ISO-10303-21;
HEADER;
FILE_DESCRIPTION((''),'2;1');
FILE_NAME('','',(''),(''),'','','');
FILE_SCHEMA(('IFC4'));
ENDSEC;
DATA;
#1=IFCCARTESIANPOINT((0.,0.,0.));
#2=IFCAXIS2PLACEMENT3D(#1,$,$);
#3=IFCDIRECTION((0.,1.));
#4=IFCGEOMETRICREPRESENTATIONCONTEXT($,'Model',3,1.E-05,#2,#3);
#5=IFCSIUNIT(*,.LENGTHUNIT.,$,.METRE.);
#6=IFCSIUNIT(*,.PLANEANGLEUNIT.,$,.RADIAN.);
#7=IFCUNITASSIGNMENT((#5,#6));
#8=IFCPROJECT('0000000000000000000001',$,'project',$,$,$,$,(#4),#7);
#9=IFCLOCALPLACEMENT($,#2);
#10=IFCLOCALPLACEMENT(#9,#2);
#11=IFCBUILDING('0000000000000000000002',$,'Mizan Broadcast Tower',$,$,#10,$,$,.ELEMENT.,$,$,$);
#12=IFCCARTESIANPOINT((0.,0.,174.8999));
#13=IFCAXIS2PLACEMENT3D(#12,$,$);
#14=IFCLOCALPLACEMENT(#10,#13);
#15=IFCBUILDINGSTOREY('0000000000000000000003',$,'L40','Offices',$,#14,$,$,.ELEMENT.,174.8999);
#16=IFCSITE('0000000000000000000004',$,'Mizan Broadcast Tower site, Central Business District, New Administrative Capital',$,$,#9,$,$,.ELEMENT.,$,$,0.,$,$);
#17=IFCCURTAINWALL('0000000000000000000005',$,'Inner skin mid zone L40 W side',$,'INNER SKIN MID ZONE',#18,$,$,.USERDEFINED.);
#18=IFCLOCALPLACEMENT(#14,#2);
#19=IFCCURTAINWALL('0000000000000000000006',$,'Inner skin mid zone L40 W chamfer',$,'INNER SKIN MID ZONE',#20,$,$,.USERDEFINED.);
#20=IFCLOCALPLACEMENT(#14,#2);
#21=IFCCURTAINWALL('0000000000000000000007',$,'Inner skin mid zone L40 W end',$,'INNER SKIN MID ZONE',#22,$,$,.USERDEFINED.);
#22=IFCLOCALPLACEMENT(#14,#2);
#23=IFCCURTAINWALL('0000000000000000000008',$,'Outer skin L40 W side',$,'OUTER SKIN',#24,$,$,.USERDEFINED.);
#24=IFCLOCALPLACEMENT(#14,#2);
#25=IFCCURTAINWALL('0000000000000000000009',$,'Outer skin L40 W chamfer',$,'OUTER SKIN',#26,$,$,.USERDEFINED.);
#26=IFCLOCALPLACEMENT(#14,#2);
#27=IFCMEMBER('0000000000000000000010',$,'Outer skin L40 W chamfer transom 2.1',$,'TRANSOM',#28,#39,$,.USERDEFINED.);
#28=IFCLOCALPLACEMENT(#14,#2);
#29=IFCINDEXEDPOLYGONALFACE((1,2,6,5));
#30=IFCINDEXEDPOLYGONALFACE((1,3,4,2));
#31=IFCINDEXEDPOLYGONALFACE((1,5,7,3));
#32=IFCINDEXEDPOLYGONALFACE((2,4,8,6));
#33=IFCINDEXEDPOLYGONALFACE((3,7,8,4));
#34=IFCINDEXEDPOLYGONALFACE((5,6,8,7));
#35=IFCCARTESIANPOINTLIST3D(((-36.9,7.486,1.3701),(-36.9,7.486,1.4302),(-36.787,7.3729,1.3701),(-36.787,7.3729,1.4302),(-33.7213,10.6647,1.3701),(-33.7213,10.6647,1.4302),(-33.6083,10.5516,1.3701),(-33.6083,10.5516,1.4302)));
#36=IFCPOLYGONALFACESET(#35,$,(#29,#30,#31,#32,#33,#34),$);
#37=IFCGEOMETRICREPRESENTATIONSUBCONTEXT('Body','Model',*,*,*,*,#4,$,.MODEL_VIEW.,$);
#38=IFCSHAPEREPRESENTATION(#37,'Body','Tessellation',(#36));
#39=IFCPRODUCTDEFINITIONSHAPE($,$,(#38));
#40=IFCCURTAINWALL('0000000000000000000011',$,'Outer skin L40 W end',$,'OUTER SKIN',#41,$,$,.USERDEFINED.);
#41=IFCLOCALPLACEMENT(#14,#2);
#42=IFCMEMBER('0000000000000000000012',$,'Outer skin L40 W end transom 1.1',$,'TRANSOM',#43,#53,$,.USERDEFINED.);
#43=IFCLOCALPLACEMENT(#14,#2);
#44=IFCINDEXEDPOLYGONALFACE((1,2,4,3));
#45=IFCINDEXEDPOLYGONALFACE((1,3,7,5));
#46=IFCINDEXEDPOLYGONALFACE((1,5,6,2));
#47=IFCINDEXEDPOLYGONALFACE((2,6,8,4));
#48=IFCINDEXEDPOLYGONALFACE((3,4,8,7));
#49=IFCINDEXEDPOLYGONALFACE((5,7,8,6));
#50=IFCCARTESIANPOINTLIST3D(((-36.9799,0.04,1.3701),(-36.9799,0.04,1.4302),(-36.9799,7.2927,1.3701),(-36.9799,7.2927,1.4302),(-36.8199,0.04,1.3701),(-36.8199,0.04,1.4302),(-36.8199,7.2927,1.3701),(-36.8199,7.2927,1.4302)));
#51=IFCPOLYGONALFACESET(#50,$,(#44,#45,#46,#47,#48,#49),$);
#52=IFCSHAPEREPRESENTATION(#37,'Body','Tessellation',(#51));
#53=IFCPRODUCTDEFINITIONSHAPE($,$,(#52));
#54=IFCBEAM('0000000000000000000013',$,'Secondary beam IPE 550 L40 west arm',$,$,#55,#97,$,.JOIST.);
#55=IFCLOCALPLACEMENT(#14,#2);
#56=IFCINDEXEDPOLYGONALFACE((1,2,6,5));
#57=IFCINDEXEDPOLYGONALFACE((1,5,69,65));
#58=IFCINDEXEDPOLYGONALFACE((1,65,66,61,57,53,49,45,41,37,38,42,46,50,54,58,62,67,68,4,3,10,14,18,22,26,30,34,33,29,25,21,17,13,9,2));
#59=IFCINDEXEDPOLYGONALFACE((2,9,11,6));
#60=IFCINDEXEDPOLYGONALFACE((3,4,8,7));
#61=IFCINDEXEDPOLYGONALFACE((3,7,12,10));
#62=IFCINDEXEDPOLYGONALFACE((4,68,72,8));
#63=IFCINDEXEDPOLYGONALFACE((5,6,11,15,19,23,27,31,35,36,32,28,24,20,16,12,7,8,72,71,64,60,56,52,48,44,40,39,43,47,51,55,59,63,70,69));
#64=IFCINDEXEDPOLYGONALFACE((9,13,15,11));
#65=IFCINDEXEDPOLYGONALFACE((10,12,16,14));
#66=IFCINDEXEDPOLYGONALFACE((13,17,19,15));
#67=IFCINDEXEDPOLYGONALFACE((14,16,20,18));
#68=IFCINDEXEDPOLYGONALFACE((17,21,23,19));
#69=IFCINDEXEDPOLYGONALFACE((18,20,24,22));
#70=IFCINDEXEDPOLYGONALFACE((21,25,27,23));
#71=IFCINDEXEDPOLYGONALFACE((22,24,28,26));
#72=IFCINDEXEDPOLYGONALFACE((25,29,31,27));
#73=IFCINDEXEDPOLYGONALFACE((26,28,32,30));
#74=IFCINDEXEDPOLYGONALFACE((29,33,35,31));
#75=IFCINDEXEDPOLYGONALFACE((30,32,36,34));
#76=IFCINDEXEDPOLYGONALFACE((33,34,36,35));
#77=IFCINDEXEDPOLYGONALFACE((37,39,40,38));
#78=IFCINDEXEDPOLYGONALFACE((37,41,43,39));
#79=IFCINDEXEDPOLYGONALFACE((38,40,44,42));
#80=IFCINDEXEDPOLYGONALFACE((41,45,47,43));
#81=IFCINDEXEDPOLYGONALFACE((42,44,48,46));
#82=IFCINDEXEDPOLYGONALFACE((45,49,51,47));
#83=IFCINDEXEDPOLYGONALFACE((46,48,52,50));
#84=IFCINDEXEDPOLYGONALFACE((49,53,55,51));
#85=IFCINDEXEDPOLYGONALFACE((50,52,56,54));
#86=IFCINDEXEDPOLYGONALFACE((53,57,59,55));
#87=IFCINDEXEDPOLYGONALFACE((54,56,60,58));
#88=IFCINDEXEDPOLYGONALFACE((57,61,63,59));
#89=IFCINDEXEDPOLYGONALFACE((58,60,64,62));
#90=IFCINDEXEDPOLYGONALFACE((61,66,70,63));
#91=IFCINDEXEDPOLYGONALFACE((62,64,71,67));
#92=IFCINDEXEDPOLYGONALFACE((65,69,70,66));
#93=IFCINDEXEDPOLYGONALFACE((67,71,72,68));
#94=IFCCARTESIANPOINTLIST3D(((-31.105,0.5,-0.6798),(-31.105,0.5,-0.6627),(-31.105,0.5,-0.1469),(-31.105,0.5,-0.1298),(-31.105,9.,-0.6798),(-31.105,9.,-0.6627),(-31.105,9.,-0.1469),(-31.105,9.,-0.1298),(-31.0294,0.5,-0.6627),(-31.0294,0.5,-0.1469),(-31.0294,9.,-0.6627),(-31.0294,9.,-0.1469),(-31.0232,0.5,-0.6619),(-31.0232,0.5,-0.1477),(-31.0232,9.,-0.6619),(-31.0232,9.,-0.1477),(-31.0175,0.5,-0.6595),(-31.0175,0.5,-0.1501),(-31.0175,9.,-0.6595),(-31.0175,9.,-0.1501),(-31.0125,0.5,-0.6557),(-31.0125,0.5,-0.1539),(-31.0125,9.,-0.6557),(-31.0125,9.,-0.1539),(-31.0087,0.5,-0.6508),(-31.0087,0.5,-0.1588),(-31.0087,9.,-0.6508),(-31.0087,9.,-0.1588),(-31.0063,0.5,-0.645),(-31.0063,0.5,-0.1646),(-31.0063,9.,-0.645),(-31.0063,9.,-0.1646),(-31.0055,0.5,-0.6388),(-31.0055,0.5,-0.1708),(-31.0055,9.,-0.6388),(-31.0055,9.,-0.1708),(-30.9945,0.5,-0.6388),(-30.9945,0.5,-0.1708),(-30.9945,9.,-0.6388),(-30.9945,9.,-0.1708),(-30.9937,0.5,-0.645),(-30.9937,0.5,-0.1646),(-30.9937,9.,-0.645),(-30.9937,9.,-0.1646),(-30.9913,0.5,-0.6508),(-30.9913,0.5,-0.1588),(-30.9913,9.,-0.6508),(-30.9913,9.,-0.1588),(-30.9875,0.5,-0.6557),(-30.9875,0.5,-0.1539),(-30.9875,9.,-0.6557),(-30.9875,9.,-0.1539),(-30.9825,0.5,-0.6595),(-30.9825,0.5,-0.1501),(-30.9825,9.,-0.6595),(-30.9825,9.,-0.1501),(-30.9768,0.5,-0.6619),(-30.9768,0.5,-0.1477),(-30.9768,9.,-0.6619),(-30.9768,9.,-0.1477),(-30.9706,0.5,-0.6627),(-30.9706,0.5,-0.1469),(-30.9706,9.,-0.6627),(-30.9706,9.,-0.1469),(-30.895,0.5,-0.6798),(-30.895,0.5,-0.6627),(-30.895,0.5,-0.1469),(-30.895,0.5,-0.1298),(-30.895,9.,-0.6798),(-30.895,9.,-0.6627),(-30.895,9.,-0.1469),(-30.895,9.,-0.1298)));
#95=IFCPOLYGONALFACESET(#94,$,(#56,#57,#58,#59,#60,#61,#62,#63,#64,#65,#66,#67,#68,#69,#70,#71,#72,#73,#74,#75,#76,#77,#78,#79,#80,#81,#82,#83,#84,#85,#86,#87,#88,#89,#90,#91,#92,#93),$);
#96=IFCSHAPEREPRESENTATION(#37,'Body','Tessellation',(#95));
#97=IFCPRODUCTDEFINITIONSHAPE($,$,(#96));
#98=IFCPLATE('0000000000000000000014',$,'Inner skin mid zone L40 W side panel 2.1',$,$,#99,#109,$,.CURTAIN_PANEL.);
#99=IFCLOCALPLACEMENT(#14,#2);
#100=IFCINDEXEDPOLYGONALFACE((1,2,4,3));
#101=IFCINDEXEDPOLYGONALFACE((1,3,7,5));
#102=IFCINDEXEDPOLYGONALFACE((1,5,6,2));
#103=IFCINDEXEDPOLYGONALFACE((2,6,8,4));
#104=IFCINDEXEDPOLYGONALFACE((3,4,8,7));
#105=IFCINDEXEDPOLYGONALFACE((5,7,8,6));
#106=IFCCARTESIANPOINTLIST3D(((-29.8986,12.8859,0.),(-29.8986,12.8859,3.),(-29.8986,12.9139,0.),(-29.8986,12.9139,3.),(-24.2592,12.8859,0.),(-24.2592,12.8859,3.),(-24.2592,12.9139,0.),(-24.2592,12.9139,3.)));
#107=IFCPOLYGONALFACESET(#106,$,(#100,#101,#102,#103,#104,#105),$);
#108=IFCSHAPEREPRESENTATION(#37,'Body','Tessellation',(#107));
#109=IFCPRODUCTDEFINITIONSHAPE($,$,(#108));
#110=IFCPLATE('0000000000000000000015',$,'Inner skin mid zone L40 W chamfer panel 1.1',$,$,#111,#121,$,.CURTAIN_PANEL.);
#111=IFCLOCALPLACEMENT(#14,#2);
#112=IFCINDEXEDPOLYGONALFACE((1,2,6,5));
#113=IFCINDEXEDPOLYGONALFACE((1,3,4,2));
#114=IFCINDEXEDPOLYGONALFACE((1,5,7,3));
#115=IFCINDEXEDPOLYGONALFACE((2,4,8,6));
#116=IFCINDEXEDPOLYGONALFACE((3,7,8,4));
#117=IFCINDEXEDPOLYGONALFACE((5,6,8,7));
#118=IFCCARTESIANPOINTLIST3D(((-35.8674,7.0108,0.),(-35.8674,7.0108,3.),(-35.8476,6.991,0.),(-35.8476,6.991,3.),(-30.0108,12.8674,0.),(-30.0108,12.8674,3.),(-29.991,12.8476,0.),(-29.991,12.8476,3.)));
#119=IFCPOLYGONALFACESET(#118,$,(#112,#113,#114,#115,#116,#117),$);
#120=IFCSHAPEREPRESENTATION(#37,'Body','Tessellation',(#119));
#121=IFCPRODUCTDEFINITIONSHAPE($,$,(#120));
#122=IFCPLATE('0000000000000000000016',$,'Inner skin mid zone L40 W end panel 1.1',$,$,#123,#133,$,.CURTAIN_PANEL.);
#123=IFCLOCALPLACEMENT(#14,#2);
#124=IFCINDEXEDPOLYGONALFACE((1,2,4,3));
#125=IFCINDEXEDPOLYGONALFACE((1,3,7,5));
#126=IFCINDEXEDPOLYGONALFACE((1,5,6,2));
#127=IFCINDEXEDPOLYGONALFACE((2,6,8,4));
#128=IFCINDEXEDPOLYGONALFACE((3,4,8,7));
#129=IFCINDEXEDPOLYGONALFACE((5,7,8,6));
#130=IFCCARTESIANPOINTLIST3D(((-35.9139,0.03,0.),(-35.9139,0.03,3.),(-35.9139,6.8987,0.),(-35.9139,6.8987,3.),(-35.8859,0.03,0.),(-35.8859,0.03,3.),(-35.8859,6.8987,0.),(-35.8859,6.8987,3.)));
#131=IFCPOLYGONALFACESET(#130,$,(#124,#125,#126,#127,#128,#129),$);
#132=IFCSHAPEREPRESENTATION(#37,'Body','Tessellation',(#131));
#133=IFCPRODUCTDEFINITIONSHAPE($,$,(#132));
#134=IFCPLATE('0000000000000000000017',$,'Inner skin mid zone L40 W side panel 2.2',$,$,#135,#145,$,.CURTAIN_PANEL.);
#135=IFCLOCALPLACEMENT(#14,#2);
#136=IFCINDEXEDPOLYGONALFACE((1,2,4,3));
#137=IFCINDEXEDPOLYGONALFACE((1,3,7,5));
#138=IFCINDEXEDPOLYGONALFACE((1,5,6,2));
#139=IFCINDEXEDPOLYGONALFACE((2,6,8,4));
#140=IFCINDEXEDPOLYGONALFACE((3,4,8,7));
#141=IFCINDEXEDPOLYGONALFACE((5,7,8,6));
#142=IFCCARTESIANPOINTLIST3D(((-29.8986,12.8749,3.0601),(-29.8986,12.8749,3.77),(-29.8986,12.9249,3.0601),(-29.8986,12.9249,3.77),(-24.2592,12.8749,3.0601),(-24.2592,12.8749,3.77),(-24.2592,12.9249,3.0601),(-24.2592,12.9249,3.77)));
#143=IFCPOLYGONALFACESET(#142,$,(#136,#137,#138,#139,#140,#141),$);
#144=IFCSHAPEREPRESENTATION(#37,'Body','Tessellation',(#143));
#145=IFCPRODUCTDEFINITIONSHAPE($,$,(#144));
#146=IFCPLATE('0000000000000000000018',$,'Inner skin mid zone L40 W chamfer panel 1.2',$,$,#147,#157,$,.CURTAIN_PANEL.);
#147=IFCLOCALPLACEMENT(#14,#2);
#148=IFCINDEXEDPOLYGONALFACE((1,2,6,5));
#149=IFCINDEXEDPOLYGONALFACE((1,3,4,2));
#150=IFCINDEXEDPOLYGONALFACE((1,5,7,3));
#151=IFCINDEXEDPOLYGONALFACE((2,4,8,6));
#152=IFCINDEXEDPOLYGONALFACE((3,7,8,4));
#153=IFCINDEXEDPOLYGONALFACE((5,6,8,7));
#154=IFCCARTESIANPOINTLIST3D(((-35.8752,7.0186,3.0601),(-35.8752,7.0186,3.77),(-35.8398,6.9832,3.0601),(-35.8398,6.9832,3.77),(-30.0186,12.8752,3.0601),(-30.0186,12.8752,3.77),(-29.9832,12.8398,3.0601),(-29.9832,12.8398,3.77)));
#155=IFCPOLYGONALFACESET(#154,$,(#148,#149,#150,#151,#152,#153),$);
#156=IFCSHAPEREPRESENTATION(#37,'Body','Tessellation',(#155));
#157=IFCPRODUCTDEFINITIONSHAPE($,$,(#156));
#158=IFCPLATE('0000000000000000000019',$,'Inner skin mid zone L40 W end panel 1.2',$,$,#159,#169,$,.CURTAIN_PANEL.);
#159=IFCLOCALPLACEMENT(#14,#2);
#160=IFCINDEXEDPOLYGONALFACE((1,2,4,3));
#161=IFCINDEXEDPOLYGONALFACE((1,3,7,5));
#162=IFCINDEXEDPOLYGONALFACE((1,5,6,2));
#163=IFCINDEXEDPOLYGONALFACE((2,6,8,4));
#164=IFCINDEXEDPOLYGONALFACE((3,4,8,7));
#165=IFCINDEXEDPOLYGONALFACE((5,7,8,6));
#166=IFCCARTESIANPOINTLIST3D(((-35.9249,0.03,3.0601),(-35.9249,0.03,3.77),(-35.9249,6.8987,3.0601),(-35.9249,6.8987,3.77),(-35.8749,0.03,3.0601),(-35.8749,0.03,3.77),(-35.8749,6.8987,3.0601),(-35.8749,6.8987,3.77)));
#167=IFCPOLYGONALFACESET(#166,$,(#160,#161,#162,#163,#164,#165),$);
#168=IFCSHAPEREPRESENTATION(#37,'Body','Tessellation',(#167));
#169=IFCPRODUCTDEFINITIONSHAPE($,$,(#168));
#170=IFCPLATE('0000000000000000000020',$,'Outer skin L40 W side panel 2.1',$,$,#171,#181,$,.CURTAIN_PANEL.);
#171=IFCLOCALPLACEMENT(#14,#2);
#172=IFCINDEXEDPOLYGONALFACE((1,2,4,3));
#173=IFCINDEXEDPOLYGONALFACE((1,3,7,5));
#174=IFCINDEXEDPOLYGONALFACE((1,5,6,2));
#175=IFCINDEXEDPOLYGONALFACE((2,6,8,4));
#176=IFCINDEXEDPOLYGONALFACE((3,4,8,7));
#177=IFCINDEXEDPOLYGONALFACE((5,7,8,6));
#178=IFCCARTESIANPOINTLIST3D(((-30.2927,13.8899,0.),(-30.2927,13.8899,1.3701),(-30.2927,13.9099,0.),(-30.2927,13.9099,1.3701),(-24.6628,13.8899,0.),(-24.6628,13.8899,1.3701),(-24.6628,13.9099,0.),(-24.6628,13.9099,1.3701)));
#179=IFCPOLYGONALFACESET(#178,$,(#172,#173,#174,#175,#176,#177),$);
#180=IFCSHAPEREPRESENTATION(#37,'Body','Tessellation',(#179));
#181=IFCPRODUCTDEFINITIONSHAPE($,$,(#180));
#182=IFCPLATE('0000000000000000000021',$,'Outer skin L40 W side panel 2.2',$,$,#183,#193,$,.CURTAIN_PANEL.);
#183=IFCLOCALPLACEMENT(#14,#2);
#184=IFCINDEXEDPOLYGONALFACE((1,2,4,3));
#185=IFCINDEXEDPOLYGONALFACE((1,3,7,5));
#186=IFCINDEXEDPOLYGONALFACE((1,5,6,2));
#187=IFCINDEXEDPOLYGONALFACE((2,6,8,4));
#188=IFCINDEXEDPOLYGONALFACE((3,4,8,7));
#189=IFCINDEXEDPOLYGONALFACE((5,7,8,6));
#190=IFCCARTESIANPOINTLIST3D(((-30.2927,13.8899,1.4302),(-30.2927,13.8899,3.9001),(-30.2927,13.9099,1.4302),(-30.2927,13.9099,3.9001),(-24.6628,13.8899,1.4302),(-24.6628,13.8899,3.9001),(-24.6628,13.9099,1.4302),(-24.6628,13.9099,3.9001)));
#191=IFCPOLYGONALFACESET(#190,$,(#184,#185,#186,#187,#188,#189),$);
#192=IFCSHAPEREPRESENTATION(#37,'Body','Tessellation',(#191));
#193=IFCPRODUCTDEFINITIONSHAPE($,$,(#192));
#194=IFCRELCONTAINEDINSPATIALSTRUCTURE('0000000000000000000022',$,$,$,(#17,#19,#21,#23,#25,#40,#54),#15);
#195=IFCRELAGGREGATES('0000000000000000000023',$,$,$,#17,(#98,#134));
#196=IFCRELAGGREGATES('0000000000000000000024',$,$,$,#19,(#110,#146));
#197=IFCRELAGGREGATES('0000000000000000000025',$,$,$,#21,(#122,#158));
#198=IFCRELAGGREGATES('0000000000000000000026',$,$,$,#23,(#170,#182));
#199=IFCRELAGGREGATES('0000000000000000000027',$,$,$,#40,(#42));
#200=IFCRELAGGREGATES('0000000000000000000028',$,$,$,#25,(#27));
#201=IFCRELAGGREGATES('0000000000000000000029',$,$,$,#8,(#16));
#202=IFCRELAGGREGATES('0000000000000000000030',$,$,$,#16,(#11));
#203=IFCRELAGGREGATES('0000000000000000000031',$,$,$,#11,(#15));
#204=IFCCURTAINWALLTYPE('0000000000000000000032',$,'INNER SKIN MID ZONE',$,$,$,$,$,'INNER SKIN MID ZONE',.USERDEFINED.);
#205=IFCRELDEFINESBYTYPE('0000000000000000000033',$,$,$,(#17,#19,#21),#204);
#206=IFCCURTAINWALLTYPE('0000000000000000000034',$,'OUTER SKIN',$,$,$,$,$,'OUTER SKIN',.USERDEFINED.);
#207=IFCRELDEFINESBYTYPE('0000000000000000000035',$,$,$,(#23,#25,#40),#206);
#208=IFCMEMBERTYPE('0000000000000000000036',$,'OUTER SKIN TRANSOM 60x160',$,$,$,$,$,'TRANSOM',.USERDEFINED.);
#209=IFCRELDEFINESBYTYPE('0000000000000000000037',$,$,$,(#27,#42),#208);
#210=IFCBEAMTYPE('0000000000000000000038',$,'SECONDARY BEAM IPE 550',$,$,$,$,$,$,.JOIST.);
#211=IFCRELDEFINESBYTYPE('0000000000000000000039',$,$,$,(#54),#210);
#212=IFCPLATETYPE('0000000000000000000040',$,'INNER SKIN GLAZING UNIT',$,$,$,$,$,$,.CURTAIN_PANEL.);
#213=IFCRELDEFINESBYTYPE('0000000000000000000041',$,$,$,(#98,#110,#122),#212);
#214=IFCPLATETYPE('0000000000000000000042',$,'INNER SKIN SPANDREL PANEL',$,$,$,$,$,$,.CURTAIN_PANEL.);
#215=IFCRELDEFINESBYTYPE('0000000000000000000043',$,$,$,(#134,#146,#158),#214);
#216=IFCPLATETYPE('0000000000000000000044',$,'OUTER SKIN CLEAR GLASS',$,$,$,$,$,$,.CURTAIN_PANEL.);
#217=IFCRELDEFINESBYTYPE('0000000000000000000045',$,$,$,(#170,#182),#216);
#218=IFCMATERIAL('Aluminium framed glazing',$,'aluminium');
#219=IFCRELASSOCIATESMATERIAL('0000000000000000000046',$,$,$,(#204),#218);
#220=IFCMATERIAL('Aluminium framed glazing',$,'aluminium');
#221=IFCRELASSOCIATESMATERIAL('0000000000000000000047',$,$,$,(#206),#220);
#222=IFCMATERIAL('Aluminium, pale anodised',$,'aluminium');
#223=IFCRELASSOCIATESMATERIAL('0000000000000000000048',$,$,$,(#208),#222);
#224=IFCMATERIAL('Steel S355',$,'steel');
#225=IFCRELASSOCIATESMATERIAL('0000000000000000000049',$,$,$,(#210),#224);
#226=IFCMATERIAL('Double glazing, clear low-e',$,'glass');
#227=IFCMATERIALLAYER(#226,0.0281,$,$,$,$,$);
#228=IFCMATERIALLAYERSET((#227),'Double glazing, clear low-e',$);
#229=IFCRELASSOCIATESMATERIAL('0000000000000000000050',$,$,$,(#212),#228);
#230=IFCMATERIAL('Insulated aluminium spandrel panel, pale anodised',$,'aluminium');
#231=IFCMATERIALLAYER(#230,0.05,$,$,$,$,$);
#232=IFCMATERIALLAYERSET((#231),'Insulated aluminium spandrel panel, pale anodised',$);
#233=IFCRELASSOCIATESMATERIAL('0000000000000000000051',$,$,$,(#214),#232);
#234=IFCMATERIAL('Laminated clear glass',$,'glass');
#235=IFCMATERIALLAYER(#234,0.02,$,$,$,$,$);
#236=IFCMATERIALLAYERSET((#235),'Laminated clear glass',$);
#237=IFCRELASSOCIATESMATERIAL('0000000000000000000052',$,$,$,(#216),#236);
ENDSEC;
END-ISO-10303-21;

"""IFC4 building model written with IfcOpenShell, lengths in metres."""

from ifc_helpers import new_model, si_unit, direction, frame, origin, origin_2d, place, context, subcontext, project, spatial, rectangle, i_section, extrude, material, layer, layer_set, material_profile, profile_set, type_object, element, aggregate, save


model = new_model("IFC4")

# Units and contexts
model_context = context("Model", 3, precision=1e-05, world=origin(), true_north=direction((0.0, 1.0)))
body_context = subcontext(model_context, "Body", "Model", "MODEL_VIEW")
ifc_project = project(units=[si_unit("LENGTHUNIT", "METRE"), si_unit("PLANEANGLEUNIT", "RADIAN")], contexts=[model_context])

# Site, building, storey
site_placement = place(None, origin())
site = spatial("IfcSite", under=ifc_project, at=site_placement, Name="Mizan Broadcast Tower site, Central Business District, New Administrative Capital", CompositionType="ELEMENT", RefElevation=0.0)
building_placement = place(site_placement, origin())
building = spatial("IfcBuilding", under=site, at=building_placement, Name="Mizan Broadcast Tower", CompositionType="ELEMENT")
storey_placement = place(building_placement, frame((0.0, 0.0, 174.8999)))
storey = spatial("IfcBuildingStorey", under=building, at=storey_placement, Name="L40", Description="Offices", CompositionType="ELEMENT", Elevation=174.8999)

# Curtain wall
ifc_material_1 = material(Name="Aluminium framed glazing", Category="aluminium")
curtain_wall_type_1 = type_object("IfcCurtainWallType", Name="INNER SKIN MID ZONE", ElementType="INNER SKIN MID ZONE", PredefinedType="USERDEFINED", material=ifc_material_1)
curtain_wall_1_placement = place(storey_placement, origin())
curtain_wall_1 = element("IfcCurtainWall", 1, at=curtain_wall_1_placement, inside=storey, type_object=curtain_wall_type_1, Name="Inner skin mid zone L40 W side", ObjectType="INNER SKIN MID ZONE", PredefinedType="USERDEFINED")

# Curtain wall
curtain_wall_2_placement = place(storey_placement, origin())
curtain_wall_2 = element("IfcCurtainWall", 2, at=curtain_wall_2_placement, inside=storey, type_object=curtain_wall_type_1, Name="Inner skin mid zone L40 W chamfer", ObjectType="INNER SKIN MID ZONE", PredefinedType="USERDEFINED")

# Curtain walls
curtain_wall_3_placement = place(storey_placement, origin())
curtain_wall_3 = element("IfcCurtainWall", 3, at=curtain_wall_3_placement, inside=storey, type_object=curtain_wall_type_1, Name="Inner skin mid zone L40 W end", ObjectType="INNER SKIN MID ZONE", PredefinedType="USERDEFINED")
ifc_material_2 = material(Name="Aluminium framed glazing", Category="aluminium")
curtain_wall_type_2 = type_object("IfcCurtainWallType", Name="OUTER SKIN", ElementType="OUTER SKIN", PredefinedType="USERDEFINED", material=ifc_material_2)
curtain_wall_4_placement = place(storey_placement, origin())
curtain_wall_4 = element("IfcCurtainWall", 4, at=curtain_wall_4_placement, inside=storey, type_object=curtain_wall_type_2, Name="Outer skin L40 W side", ObjectType="OUTER SKIN", PredefinedType="USERDEFINED")

# Curtain wall, member
curtain_wall_5_placement = place(storey_placement, origin())
curtain_wall_5 = element("IfcCurtainWall", 5, at=curtain_wall_5_placement, inside=storey, type_object=curtain_wall_type_2, Name="Outer skin L40 W chamfer", ObjectType="OUTER SKIN", PredefinedType="USERDEFINED")
ifc_material_3 = material(Name="Aluminium, pale anodised", Category="aluminium")
ifc_material_profile_1 = material_profile(ifc_material_3, rectangle(XDim=0.1599, YDim=0.0601, at=origin_2d()), Name="TRANSOM 160x60")
ifc_profile_set_1 = profile_set([ifc_material_profile_1], Name="Aluminium, pale anodised")
member_type_1 = type_object("IfcMemberType", Name="OUTER SKIN TRANSOM 60x160", ElementType="TRANSOM", PredefinedType="USERDEFINED", material=ifc_profile_set_1)
member_1_placement = place(storey_placement, frame((-33.6648, 10.6082, 1.4001), z_axis=(-0.707107, -0.707107, 0.0), x_axis=(0.707107, -0.707107, 0.0)))
member_1 = element("IfcMember", 6, at=member_1_placement, type_object=member_type_1, Name="Outer skin L40 W chamfer transom 2.1", ObjectType="TRANSOM", PredefinedType="USERDEFINED", context=body_context, shape_type="SweptSolid", body=[
    extrude(rectangle(XDim=0.1599, YDim=0.0601, at=origin_2d()), origin(), (0.0, 0.0, 1.0), 4.4954),
])

# Curtain wall, member
curtain_wall_6_placement = place(storey_placement, origin())
curtain_wall_6 = element("IfcCurtainWall", 7, at=curtain_wall_6_placement, inside=storey, type_object=curtain_wall_type_2, Name="Outer skin L40 W end", ObjectType="OUTER SKIN", PredefinedType="USERDEFINED")
member_2_placement = place(storey_placement, frame((-36.8999, 7.2927, 1.4001), z_axis=(0.0, -1.0, 0.0), x_axis=(1.0, 0.0, 0.0)))
member_2 = element("IfcMember", 8, at=member_2_placement, type_object=member_type_1, Name="Outer skin L40 W end transom 1.1", ObjectType="TRANSOM", PredefinedType="USERDEFINED", context=body_context, shape_type="SweptSolid", body=[
    extrude(rectangle(XDim=0.1599, YDim=0.0601, at=origin_2d()), origin(), (0.0, 0.0, 1.0), 7.2527),
])

# Beam
ifc_material_4 = material(Name="Steel S355", Category="steel")
ifc_material_profile_2 = material_profile(ifc_material_4, i_section(OverallWidth=0.21, OverallDepth=0.55, WebThickness=0.011, FlangeThickness=0.0171, FilletRadius=0.0239, at=origin_2d()), Name="IPE 550")
ifc_profile_set_2 = profile_set([ifc_material_profile_2], Name="Steel S355")
beam_type_1 = type_object("IfcBeamType", Name="SECONDARY BEAM IPE 550", PredefinedType="JOIST", material=ifc_profile_set_2)
beam_1_placement = place(storey_placement, frame((-31.0, 9.0, -0.4048), z_axis=(0.0, -1.0, 0.0), x_axis=(1.0, 0.0, 0.0)))
element("IfcBeam", 9, at=beam_1_placement, inside=storey, type_object=beam_type_1, Name="Secondary beam IPE 550 L40 west arm", PredefinedType="JOIST", context=body_context, shape_type="SweptSolid", body=[
    extrude(i_section(OverallWidth=0.21, OverallDepth=0.55, WebThickness=0.011, FlangeThickness=0.0171, FilletRadius=0.0239, at=origin_2d()), origin(), (0.0, 0.0, 1.0), 8.5),
])

# Plates
ifc_material_5 = material(Name="Double glazing, clear low-e", Category="glass")
ifc_layer_1 = layer(ifc_material_5, 0.0281)
ifc_layer_set_1 = layer_set([ifc_layer_1], Name="Double glazing, clear low-e")
plate_type_1 = type_object("IfcPlateType", Name="INNER SKIN GLAZING UNIT", PredefinedType="CURTAIN_PANEL", material=ifc_layer_set_1)
plate_1_placement = place(storey_placement, frame((-27.0789, 12.8999, 0.0), z_axis=(0.0, 0.0, 1.0), x_axis=(-1.0, 0.0, 0.0)))
plate_1 = element("IfcPlate", 10, at=plate_1_placement, type_object=plate_type_1, Name="Inner skin mid zone L40 W side panel 2.1", PredefinedType="CURTAIN_PANEL", context=body_context, shape_type="SweptSolid", body=[
    extrude(rectangle(XDim=5.6394, YDim=0.0281, at=origin_2d()), origin(), (0.0, 0.0, 1.0), 3.0),
])
plate_2_placement = place(storey_placement, frame((-32.9292, 9.9292, 0.0), z_axis=(0.0, 0.0, 1.0), x_axis=(-0.707107, -0.707107, 0.0)))
plate_2 = element("IfcPlate", 11, at=plate_2_placement, type_object=plate_type_1, Name="Inner skin mid zone L40 W chamfer panel 1.1", PredefinedType="CURTAIN_PANEL", context=body_context, shape_type="SweptSolid", body=[
    extrude(rectangle(XDim=8.2825, YDim=0.0281, at=origin_2d()), origin(), (0.0, 0.0, 1.0), 3.0),
])
plate_3_placement = place(storey_placement, frame((-35.8999, 3.4644, 0.0), z_axis=(0.0, 0.0, 1.0), x_axis=(0.0, -1.0, 0.0)))
plate_3 = element("IfcPlate", 12, at=plate_3_placement, type_object=plate_type_1, Name="Inner skin mid zone L40 W end panel 1.1", PredefinedType="CURTAIN_PANEL", context=body_context, shape_type="SweptSolid", body=[
    extrude(rectangle(XDim=6.8687, YDim=0.0281, at=origin_2d()), origin(), (0.0, 0.0, 1.0), 3.0),
])
ifc_material_6 = material(Name="Insulated aluminium spandrel panel, pale anodised", Category="aluminium")
ifc_layer_2 = layer(ifc_material_6, 0.05)
ifc_layer_set_2 = layer_set([ifc_layer_2], Name="Insulated aluminium spandrel panel, pale anodised")
plate_type_2 = type_object("IfcPlateType", Name="INNER SKIN SPANDREL PANEL", PredefinedType="CURTAIN_PANEL", material=ifc_layer_set_2)
plate_4_placement = place(storey_placement, frame((-27.0789, 12.8999, 3.0601), z_axis=(0.0, 0.0, 1.0), x_axis=(-1.0, 0.0, 0.0)))
plate_4 = element("IfcPlate", 13, at=plate_4_placement, type_object=plate_type_2, Name="Inner skin mid zone L40 W side panel 2.2", PredefinedType="CURTAIN_PANEL", context=body_context, shape_type="SweptSolid", body=[
    extrude(rectangle(XDim=5.6394, YDim=0.05, at=origin_2d()), origin(), (0.0, 0.0, 1.0), 0.71),
])
aggregate(curtain_wall_1, [plate_1, plate_4])
plate_5_placement = place(storey_placement, frame((-32.9292, 9.9292, 3.0601), z_axis=(0.0, 0.0, 1.0), x_axis=(-0.707107, -0.707107, 0.0)))
plate_5 = element("IfcPlate", 14, at=plate_5_placement, type_object=plate_type_2, Name="Inner skin mid zone L40 W chamfer panel 1.2", PredefinedType="CURTAIN_PANEL", context=body_context, shape_type="SweptSolid", body=[
    extrude(rectangle(XDim=8.2825, YDim=0.05, at=origin_2d()), origin(), (0.0, 0.0, 1.0), 0.71),
])
aggregate(curtain_wall_2, [plate_2, plate_5])
plate_6_placement = place(storey_placement, frame((-35.8999, 3.4644, 3.0601), z_axis=(0.0, 0.0, 1.0), x_axis=(0.0, -1.0, 0.0)))
plate_6 = element("IfcPlate", 15, at=plate_6_placement, type_object=plate_type_2, Name="Inner skin mid zone L40 W end panel 1.2", PredefinedType="CURTAIN_PANEL", context=body_context, shape_type="SweptSolid", body=[
    extrude(rectangle(XDim=6.8687, YDim=0.05, at=origin_2d()), origin(), (0.0, 0.0, 1.0), 0.71),
])
aggregate(curtain_wall_3, [plate_3, plate_6])
ifc_material_7 = material(Name="Laminated clear glass", Category="glass")
ifc_layer_3 = layer(ifc_material_7, 0.02)
ifc_layer_set_3 = layer_set([ifc_layer_3], Name="Laminated clear glass")
plate_type_3 = type_object("IfcPlateType", Name="OUTER SKIN CLEAR GLASS", PredefinedType="CURTAIN_PANEL", material=ifc_layer_set_3)
plate_7_placement = place(storey_placement, frame((-27.4778, 13.8999, 0.0), z_axis=(0.0, 0.0, 1.0), x_axis=(-1.0, 0.0, 0.0)))
plate_7 = element("IfcPlate", 16, at=plate_7_placement, type_object=plate_type_3, Name="Outer skin L40 W side panel 2.1", PredefinedType="CURTAIN_PANEL", context=body_context, shape_type="SweptSolid", body=[
    extrude(rectangle(XDim=5.6299, YDim=0.02, at=origin_2d()), origin(), (0.0, 0.0, 1.0), 1.3701),
])
plate_8_placement = place(storey_placement, frame((-27.4778, 13.8999, 1.4302), z_axis=(0.0, 0.0, 1.0), x_axis=(-1.0, 0.0, 0.0)))
plate_8 = element("IfcPlate", 17, at=plate_8_placement, type_object=plate_type_3, Name="Outer skin L40 W side panel 2.2", PredefinedType="CURTAIN_PANEL", context=body_context, shape_type="SweptSolid", body=[
    extrude(rectangle(XDim=5.6299, YDim=0.02, at=origin_2d()), origin(), (0.0, 0.0, 1.0), 2.47),
])
aggregate(curtain_wall_4, [plate_7, plate_8])
aggregate(curtain_wall_6, [member_2])
aggregate(curtain_wall_5, [member_1])

save(model, "model.ifc")
